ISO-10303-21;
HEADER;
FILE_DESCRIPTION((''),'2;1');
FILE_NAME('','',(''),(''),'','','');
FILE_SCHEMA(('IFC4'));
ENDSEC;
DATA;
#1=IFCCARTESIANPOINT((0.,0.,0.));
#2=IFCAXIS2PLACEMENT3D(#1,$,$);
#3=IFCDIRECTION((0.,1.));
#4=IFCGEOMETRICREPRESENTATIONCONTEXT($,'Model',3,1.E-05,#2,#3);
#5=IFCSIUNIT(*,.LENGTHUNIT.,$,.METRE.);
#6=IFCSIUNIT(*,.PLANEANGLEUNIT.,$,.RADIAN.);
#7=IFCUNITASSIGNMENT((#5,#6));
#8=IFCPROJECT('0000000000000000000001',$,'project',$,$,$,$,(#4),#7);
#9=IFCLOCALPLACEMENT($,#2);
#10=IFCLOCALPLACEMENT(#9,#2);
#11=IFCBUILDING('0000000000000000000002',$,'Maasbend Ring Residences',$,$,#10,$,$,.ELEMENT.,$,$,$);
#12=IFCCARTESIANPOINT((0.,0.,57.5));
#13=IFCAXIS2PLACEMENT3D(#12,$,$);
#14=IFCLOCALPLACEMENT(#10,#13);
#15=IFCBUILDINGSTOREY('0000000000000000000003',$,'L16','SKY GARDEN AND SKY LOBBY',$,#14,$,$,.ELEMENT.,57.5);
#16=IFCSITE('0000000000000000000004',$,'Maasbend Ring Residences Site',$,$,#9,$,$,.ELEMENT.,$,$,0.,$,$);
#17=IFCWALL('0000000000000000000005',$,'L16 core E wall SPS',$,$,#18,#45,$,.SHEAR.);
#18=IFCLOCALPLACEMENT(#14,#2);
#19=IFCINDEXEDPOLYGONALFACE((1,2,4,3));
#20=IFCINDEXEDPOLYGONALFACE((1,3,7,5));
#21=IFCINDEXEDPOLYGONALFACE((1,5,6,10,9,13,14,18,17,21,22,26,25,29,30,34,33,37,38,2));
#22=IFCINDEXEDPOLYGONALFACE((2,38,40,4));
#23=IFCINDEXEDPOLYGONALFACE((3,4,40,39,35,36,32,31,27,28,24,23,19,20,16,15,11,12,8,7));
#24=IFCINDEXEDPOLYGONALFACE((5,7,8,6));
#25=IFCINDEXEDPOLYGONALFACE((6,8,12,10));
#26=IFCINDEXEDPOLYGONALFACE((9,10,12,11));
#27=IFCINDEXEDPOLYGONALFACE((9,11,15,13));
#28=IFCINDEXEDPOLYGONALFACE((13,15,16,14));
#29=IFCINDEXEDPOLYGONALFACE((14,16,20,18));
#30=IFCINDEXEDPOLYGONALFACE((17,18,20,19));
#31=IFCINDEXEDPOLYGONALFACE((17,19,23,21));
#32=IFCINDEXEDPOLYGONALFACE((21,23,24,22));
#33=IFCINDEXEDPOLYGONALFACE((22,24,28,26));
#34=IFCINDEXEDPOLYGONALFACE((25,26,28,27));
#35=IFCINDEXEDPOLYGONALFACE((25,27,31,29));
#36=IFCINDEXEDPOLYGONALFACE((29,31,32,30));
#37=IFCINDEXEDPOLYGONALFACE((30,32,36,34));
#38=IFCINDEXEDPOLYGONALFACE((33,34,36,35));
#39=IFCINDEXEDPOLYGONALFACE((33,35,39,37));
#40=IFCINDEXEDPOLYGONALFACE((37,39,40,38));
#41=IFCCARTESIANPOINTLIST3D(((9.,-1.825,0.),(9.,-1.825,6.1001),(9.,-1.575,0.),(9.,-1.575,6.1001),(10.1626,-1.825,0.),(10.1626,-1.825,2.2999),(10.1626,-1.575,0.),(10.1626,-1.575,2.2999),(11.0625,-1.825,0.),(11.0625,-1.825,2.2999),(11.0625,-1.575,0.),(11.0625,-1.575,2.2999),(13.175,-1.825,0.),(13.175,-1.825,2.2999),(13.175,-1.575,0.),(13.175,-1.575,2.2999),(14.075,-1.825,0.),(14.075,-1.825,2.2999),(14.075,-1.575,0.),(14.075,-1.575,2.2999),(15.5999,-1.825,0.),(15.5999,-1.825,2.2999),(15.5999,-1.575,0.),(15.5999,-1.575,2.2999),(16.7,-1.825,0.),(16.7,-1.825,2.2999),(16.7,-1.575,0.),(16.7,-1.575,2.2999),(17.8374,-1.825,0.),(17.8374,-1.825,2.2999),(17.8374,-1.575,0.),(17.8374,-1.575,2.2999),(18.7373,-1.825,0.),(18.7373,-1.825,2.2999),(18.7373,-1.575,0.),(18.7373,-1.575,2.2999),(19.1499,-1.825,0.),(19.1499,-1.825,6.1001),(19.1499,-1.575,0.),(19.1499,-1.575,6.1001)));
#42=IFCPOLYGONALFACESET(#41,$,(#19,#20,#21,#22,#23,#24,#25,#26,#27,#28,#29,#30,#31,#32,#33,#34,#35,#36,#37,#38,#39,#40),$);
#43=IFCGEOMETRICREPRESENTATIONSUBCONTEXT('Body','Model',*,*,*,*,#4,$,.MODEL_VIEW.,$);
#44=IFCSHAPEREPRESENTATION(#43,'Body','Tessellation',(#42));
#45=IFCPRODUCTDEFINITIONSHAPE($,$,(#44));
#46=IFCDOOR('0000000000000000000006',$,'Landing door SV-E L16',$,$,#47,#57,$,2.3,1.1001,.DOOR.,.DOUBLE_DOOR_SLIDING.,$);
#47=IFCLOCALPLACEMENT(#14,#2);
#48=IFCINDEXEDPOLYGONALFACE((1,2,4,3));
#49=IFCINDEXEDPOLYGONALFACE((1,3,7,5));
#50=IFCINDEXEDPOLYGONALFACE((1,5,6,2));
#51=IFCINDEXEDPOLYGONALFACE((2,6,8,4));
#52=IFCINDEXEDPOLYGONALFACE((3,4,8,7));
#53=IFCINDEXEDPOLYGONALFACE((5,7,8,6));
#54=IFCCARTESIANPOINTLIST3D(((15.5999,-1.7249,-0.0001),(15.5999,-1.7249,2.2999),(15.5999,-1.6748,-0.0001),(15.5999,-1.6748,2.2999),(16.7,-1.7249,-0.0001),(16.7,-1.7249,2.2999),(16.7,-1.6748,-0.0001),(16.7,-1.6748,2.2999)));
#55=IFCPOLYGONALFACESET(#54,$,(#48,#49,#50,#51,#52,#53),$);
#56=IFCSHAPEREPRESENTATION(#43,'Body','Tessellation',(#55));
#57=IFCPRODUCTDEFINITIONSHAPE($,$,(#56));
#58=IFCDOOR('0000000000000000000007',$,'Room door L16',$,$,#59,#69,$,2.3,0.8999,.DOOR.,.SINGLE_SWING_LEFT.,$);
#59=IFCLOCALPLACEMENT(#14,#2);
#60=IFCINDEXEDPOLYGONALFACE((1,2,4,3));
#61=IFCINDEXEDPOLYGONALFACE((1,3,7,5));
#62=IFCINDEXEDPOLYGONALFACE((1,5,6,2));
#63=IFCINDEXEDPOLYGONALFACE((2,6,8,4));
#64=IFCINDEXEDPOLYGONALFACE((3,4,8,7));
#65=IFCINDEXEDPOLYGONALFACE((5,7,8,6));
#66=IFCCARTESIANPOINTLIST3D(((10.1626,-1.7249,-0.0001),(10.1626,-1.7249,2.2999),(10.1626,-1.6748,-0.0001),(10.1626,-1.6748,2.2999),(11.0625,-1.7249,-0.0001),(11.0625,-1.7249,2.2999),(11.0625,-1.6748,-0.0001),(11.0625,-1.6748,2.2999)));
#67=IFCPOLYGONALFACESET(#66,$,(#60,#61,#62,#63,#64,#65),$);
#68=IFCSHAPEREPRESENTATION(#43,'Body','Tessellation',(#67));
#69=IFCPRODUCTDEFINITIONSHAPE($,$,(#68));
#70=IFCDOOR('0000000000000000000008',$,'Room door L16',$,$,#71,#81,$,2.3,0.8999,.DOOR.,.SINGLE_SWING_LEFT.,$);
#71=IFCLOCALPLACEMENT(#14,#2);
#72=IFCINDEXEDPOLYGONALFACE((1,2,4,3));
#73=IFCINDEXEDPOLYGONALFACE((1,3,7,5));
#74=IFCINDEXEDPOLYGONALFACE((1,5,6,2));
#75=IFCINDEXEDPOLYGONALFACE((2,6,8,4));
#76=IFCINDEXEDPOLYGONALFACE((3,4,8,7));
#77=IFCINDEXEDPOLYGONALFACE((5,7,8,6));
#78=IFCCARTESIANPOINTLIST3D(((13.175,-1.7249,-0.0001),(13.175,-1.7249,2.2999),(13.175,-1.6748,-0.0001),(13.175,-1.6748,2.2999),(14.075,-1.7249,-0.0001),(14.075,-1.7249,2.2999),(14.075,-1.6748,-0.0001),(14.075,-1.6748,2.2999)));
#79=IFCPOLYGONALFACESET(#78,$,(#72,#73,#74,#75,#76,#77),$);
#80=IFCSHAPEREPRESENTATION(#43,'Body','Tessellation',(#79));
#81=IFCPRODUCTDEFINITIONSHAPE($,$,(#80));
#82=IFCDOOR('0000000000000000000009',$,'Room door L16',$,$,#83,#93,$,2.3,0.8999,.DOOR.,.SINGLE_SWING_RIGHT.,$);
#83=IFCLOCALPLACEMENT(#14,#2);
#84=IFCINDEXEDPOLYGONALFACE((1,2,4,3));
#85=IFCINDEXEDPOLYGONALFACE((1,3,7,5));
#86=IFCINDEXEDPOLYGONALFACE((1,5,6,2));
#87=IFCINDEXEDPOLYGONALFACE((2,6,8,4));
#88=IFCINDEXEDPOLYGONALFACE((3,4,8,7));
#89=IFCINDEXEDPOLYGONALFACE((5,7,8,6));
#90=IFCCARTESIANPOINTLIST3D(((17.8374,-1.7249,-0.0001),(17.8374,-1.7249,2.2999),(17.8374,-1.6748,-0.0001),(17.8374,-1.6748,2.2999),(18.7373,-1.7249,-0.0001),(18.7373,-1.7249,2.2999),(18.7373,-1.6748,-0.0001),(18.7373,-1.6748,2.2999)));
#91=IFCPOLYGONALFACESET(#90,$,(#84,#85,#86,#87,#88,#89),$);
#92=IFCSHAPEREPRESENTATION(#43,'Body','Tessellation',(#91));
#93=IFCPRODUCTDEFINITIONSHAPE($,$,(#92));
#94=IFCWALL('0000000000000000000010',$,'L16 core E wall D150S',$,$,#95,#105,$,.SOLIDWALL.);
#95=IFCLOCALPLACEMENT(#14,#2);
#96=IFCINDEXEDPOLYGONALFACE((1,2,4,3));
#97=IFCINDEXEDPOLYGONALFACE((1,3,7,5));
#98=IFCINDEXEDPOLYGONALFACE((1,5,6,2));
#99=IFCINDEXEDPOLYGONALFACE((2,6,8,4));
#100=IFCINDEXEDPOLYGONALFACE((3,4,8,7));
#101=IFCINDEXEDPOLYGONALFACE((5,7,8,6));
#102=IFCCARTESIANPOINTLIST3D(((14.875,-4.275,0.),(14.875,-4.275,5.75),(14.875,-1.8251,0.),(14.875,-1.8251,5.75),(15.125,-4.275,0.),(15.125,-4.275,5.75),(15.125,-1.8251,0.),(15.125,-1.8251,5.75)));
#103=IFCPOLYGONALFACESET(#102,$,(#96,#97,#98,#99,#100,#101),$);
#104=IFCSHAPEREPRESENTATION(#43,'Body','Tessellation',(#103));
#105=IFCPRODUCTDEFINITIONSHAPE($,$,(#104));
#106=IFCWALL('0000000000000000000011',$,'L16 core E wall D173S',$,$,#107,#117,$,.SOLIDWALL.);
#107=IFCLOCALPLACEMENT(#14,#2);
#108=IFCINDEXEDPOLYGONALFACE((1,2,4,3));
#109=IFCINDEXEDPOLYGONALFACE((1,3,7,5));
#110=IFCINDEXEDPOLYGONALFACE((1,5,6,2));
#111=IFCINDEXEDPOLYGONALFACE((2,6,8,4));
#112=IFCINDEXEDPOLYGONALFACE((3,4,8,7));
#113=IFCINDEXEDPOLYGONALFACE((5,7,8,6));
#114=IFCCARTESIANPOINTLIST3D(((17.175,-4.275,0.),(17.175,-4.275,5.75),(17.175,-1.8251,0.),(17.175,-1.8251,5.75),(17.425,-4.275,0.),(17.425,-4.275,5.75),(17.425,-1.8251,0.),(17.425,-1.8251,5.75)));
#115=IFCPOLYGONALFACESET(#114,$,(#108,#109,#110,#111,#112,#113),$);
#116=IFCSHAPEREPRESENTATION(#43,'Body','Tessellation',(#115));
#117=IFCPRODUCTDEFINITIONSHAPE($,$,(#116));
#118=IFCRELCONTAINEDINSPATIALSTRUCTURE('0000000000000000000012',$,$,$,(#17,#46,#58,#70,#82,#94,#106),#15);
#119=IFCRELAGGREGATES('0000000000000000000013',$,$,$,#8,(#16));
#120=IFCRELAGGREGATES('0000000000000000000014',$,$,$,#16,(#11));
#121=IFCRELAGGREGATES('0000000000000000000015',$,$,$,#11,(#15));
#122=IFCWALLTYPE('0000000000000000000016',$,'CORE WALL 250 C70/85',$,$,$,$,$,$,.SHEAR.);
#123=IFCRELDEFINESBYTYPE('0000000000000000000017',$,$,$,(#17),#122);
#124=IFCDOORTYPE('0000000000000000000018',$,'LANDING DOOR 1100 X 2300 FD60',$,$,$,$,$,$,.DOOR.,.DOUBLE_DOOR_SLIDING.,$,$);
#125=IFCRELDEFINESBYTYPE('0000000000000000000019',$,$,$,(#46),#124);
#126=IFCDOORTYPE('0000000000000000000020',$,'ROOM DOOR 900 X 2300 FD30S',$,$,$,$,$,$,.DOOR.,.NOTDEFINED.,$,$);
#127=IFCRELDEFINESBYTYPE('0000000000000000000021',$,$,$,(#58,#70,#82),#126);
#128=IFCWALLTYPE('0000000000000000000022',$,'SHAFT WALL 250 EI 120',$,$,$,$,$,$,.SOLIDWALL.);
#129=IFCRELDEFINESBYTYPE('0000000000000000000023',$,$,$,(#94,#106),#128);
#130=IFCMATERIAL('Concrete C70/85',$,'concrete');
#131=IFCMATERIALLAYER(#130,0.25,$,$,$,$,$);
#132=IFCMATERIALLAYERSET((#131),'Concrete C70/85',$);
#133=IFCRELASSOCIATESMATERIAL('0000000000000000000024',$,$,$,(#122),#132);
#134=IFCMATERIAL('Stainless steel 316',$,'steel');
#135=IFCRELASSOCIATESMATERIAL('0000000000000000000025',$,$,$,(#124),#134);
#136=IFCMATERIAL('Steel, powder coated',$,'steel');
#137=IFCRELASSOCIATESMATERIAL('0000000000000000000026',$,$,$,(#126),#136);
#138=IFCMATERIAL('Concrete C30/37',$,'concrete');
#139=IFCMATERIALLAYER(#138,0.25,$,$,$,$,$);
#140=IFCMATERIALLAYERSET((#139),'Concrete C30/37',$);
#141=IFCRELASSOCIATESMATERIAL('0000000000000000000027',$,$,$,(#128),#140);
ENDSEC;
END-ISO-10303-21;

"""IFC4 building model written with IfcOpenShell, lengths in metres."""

from ifc_helpers import new_model, si_unit, direction, frame, frame_2d, origin, place, context, subcontext, project, spatial, rectangle, extrude, material, layer, layer_set, type_object, element, fill, save


model = new_model("IFC4")

# Units and contexts
model_context = context("Model", 3, precision=1e-05, world=origin(), true_north=direction((0.0, 1.0)))
body_context = subcontext(model_context, "Body", "Model", "MODEL_VIEW")
ifc_project = project(units=[si_unit("LENGTHUNIT", "METRE"), si_unit("PLANEANGLEUNIT", "RADIAN")], contexts=[model_context])

# Site, building, storey
site_placement = place(None, origin())
site = spatial("IfcSite", under=ifc_project, at=site_placement, Name="Maasbend Ring Residences Site", CompositionType="ELEMENT", RefElevation=0.0)
building_placement = place(site_placement, origin())
building = spatial("IfcBuilding", under=site, at=building_placement, Name="Maasbend Ring Residences", CompositionType="ELEMENT")
storey_placement = place(building_placement, frame((0.0, 0.0, 57.5)))
storey = spatial("IfcBuildingStorey", under=building, at=storey_placement, Name="L16", Description="SKY GARDEN AND SKY LOBBY", CompositionType="ELEMENT", Elevation=57.5)

# Wall, openings, doors
ifc_material_1 = material(Name="Concrete C70/85", Category="concrete")
ifc_layer_1 = layer(ifc_material_1, 0.25)
ifc_layer_set_1 = layer_set([ifc_layer_1], Name="Concrete C70/85")
wall_type_1 = type_object("IfcWallType", Name="CORE WALL 250 C70/85", PredefinedType="SHEAR", material=ifc_layer_set_1)
wall_placement = place(storey_placement, frame((19.1499, -1.7, 0.0), z_axis=(0.0, 0.0, 1.0), x_axis=(-1.0, 0.0, 0.0)))
wall = element("IfcWall", 1, at=wall_placement, inside=storey, type_object=wall_type_1, Name="L16 core E wall SPS", PredefinedType="SHEAR", context=body_context, shape_type="SweptSolid", body=[
    extrude(rectangle(XDim=10.1499, YDim=0.25, at=frame_2d((5.075, 0.0))), origin(), (0.0, 0.0, 1.0), 6.1001),
])
opening_1_placement = place(wall_placement, frame((2.45, 0.0, 0.0)))
opening_1 = element("IfcOpeningElement", 2, at=opening_1_placement, cuts=wall, PredefinedType="OPENING", context=body_context, shape_type="SweptSolid", body=[
    extrude(rectangle(XDim=1.1001, YDim=2.3, at=frame_2d((0.55, 1.1499))), frame((0.0, 0.135, 0.0), z_axis=(0.0, -1.0, 0.0), x_axis=(1.0, 0.0, 0.0)), (0.0, 0.0, 1.0), 0.27),
])
opening_2_placement = place(wall_placement, frame((8.0874, 0.0, 0.0)))
opening_2 = element("IfcOpeningElement", 3, at=opening_2_placement, cuts=wall, PredefinedType="OPENING", context=body_context, shape_type="SweptSolid", body=[
    extrude(rectangle(XDim=0.8999, YDim=2.3, at=frame_2d((0.45, 1.1499))), frame((0.0, 0.135, 0.0), z_axis=(0.0, -1.0, 0.0), x_axis=(1.0, 0.0, 0.0)), (0.0, 0.0, 1.0), 0.27),
])
opening_3_placement = place(wall_placement, frame((5.075, 0.0, 0.0)))
opening_3 = element("IfcOpeningElement", 4, at=opening_3_placement, cuts=wall, PredefinedType="OPENING", context=body_context, shape_type="SweptSolid", body=[
    extrude(rectangle(XDim=0.8999, YDim=2.3, at=frame_2d((0.45, 1.1499))), frame((0.0, 0.135, 0.0), z_axis=(0.0, -1.0, 0.0), x_axis=(1.0, 0.0, 0.0)), (0.0, 0.0, 1.0), 0.27),
])
opening_4_placement = place(wall_placement, frame((0.4126, 0.0, 0.0)))
opening_4 = element("IfcOpeningElement", 5, at=opening_4_placement, cuts=wall, PredefinedType="OPENING", context=body_context, shape_type="SweptSolid", body=[
    extrude(rectangle(XDim=0.8999, YDim=2.3, at=frame_2d((0.45, 1.1499))), frame((0.0, 0.135, 0.0), z_axis=(0.0, -1.0, 0.0), x_axis=(1.0, 0.0, 0.0)), (0.0, 0.0, 1.0), 0.27),
])
ifc_material_2 = material(Name="Stainless steel 316", Category="steel")
door_type_1 = type_object("IfcDoorType", Name="LANDING DOOR 1100 X 2300 FD60", OperationType="DOUBLE_DOOR_SLIDING", PredefinedType="DOOR", material=ifc_material_2)
door_1_placement = place(opening_1_placement, origin())
door_1 = element("IfcDoor", 6, at=door_1_placement, inside=storey, type_object=door_type_1, Name="Landing door SV-E L16", OperationType="DOUBLE_DOOR_SLIDING", OverallHeight=2.3, OverallWidth=1.1001, PredefinedType="DOOR", context=body_context, shape_type="SweptSolid", body=[
    extrude(rectangle(XDim=1.1001, YDim=2.3, at=frame_2d((0.55, 1.1499))), frame((0.0, 0.0249, 0.0), z_axis=(0.0, -1.0, 0.0), x_axis=(1.0, 0.0, 0.0)), (0.0, 0.0, 1.0), 0.05),
])
fill(opening_1, door_1)
ifc_material_3 = material(Name="Steel, powder coated", Category="steel")
door_type_2 = type_object("IfcDoorType", Name="ROOM DOOR 900 X 2300 FD30S", OperationType="NOTDEFINED", PredefinedType="DOOR", material=ifc_material_3)
door_2_placement = place(opening_2_placement, origin())
door_2 = element("IfcDoor", 7, at=door_2_placement, inside=storey, type_object=door_type_2, Name="Room door L16", OperationType="SINGLE_SWING_LEFT", OverallHeight=2.3, OverallWidth=0.8999, PredefinedType="DOOR", context=body_context, shape_type="SweptSolid", body=[
    extrude(rectangle(XDim=0.8999, YDim=2.3, at=frame_2d((0.45, 1.1499))), frame((0.0, 0.0249, 0.0), z_axis=(0.0, -1.0, 0.0), x_axis=(1.0, 0.0, 0.0)), (0.0, 0.0, 1.0), 0.05),
])
fill(opening_2, door_2)
door_3_placement = place(opening_3_placement, origin())
door_3 = element("IfcDoor", 8, at=door_3_placement, inside=storey, type_object=door_type_2, Name="Room door L16", OperationType="SINGLE_SWING_LEFT", OverallHeight=2.3, OverallWidth=0.8999, PredefinedType="DOOR", context=body_context, shape_type="SweptSolid", body=[
    extrude(rectangle(XDim=0.8999, YDim=2.3, at=frame_2d((0.45, 1.1499))), frame((0.0, 0.0249, 0.0), z_axis=(0.0, -1.0, 0.0), x_axis=(1.0, 0.0, 0.0)), (0.0, 0.0, 1.0), 0.05),
])
fill(opening_3, door_3)
door_4_placement = place(opening_4_placement, origin())
door_4 = element("IfcDoor", 9, at=door_4_placement, inside=storey, type_object=door_type_2, Name="Room door L16", OperationType="SINGLE_SWING_RIGHT", OverallHeight=2.3, OverallWidth=0.8999, PredefinedType="DOOR", context=body_context, shape_type="SweptSolid", body=[
    extrude(rectangle(XDim=0.8999, YDim=2.3, at=frame_2d((0.45, 1.1499))), frame((0.0, 0.0249, 0.0), z_axis=(0.0, -1.0, 0.0), x_axis=(1.0, 0.0, 0.0)), (0.0, 0.0, 1.0), 0.05),
])
fill(opening_4, door_4)

# Walls
ifc_material_4 = material(Name="Concrete C30/37", Category="concrete")
ifc_layer_2 = layer(ifc_material_4, 0.25)
ifc_layer_set_2 = layer_set([ifc_layer_2], Name="Concrete C30/37")
wall_type_2 = type_object("IfcWallType", Name="SHAFT WALL 250 EI 120", PredefinedType="SOLIDWALL", material=ifc_layer_set_2)
for number, where, z_axis, x_axis, name in (
    (10, (15.0, -1.825, 0.0), (0.0, 0.0, 1.0), (0.0, -1.0, 0.0), "L16 core E wall D150S"),
    (11, (17.3, -1.825, 0.0), (0.0, 0.0, 1.0), (0.0, -1.0, 0.0), "L16 core E wall D173S"),
):
    element("IfcWall", number, at=place(storey_placement, frame(where, z_axis=z_axis, x_axis=x_axis)), inside=storey, type_object=wall_type_2, Name=name, PredefinedType="SOLIDWALL", context=body_context, shape_type="SweptSolid", body=[
        extrude(rectangle(XDim=2.45, YDim=0.25, at=frame_2d((1.2251, 0.0))), origin(), (0.0, 0.0, 1.0), 5.75),
    ])

save(model, "model.ifc")
